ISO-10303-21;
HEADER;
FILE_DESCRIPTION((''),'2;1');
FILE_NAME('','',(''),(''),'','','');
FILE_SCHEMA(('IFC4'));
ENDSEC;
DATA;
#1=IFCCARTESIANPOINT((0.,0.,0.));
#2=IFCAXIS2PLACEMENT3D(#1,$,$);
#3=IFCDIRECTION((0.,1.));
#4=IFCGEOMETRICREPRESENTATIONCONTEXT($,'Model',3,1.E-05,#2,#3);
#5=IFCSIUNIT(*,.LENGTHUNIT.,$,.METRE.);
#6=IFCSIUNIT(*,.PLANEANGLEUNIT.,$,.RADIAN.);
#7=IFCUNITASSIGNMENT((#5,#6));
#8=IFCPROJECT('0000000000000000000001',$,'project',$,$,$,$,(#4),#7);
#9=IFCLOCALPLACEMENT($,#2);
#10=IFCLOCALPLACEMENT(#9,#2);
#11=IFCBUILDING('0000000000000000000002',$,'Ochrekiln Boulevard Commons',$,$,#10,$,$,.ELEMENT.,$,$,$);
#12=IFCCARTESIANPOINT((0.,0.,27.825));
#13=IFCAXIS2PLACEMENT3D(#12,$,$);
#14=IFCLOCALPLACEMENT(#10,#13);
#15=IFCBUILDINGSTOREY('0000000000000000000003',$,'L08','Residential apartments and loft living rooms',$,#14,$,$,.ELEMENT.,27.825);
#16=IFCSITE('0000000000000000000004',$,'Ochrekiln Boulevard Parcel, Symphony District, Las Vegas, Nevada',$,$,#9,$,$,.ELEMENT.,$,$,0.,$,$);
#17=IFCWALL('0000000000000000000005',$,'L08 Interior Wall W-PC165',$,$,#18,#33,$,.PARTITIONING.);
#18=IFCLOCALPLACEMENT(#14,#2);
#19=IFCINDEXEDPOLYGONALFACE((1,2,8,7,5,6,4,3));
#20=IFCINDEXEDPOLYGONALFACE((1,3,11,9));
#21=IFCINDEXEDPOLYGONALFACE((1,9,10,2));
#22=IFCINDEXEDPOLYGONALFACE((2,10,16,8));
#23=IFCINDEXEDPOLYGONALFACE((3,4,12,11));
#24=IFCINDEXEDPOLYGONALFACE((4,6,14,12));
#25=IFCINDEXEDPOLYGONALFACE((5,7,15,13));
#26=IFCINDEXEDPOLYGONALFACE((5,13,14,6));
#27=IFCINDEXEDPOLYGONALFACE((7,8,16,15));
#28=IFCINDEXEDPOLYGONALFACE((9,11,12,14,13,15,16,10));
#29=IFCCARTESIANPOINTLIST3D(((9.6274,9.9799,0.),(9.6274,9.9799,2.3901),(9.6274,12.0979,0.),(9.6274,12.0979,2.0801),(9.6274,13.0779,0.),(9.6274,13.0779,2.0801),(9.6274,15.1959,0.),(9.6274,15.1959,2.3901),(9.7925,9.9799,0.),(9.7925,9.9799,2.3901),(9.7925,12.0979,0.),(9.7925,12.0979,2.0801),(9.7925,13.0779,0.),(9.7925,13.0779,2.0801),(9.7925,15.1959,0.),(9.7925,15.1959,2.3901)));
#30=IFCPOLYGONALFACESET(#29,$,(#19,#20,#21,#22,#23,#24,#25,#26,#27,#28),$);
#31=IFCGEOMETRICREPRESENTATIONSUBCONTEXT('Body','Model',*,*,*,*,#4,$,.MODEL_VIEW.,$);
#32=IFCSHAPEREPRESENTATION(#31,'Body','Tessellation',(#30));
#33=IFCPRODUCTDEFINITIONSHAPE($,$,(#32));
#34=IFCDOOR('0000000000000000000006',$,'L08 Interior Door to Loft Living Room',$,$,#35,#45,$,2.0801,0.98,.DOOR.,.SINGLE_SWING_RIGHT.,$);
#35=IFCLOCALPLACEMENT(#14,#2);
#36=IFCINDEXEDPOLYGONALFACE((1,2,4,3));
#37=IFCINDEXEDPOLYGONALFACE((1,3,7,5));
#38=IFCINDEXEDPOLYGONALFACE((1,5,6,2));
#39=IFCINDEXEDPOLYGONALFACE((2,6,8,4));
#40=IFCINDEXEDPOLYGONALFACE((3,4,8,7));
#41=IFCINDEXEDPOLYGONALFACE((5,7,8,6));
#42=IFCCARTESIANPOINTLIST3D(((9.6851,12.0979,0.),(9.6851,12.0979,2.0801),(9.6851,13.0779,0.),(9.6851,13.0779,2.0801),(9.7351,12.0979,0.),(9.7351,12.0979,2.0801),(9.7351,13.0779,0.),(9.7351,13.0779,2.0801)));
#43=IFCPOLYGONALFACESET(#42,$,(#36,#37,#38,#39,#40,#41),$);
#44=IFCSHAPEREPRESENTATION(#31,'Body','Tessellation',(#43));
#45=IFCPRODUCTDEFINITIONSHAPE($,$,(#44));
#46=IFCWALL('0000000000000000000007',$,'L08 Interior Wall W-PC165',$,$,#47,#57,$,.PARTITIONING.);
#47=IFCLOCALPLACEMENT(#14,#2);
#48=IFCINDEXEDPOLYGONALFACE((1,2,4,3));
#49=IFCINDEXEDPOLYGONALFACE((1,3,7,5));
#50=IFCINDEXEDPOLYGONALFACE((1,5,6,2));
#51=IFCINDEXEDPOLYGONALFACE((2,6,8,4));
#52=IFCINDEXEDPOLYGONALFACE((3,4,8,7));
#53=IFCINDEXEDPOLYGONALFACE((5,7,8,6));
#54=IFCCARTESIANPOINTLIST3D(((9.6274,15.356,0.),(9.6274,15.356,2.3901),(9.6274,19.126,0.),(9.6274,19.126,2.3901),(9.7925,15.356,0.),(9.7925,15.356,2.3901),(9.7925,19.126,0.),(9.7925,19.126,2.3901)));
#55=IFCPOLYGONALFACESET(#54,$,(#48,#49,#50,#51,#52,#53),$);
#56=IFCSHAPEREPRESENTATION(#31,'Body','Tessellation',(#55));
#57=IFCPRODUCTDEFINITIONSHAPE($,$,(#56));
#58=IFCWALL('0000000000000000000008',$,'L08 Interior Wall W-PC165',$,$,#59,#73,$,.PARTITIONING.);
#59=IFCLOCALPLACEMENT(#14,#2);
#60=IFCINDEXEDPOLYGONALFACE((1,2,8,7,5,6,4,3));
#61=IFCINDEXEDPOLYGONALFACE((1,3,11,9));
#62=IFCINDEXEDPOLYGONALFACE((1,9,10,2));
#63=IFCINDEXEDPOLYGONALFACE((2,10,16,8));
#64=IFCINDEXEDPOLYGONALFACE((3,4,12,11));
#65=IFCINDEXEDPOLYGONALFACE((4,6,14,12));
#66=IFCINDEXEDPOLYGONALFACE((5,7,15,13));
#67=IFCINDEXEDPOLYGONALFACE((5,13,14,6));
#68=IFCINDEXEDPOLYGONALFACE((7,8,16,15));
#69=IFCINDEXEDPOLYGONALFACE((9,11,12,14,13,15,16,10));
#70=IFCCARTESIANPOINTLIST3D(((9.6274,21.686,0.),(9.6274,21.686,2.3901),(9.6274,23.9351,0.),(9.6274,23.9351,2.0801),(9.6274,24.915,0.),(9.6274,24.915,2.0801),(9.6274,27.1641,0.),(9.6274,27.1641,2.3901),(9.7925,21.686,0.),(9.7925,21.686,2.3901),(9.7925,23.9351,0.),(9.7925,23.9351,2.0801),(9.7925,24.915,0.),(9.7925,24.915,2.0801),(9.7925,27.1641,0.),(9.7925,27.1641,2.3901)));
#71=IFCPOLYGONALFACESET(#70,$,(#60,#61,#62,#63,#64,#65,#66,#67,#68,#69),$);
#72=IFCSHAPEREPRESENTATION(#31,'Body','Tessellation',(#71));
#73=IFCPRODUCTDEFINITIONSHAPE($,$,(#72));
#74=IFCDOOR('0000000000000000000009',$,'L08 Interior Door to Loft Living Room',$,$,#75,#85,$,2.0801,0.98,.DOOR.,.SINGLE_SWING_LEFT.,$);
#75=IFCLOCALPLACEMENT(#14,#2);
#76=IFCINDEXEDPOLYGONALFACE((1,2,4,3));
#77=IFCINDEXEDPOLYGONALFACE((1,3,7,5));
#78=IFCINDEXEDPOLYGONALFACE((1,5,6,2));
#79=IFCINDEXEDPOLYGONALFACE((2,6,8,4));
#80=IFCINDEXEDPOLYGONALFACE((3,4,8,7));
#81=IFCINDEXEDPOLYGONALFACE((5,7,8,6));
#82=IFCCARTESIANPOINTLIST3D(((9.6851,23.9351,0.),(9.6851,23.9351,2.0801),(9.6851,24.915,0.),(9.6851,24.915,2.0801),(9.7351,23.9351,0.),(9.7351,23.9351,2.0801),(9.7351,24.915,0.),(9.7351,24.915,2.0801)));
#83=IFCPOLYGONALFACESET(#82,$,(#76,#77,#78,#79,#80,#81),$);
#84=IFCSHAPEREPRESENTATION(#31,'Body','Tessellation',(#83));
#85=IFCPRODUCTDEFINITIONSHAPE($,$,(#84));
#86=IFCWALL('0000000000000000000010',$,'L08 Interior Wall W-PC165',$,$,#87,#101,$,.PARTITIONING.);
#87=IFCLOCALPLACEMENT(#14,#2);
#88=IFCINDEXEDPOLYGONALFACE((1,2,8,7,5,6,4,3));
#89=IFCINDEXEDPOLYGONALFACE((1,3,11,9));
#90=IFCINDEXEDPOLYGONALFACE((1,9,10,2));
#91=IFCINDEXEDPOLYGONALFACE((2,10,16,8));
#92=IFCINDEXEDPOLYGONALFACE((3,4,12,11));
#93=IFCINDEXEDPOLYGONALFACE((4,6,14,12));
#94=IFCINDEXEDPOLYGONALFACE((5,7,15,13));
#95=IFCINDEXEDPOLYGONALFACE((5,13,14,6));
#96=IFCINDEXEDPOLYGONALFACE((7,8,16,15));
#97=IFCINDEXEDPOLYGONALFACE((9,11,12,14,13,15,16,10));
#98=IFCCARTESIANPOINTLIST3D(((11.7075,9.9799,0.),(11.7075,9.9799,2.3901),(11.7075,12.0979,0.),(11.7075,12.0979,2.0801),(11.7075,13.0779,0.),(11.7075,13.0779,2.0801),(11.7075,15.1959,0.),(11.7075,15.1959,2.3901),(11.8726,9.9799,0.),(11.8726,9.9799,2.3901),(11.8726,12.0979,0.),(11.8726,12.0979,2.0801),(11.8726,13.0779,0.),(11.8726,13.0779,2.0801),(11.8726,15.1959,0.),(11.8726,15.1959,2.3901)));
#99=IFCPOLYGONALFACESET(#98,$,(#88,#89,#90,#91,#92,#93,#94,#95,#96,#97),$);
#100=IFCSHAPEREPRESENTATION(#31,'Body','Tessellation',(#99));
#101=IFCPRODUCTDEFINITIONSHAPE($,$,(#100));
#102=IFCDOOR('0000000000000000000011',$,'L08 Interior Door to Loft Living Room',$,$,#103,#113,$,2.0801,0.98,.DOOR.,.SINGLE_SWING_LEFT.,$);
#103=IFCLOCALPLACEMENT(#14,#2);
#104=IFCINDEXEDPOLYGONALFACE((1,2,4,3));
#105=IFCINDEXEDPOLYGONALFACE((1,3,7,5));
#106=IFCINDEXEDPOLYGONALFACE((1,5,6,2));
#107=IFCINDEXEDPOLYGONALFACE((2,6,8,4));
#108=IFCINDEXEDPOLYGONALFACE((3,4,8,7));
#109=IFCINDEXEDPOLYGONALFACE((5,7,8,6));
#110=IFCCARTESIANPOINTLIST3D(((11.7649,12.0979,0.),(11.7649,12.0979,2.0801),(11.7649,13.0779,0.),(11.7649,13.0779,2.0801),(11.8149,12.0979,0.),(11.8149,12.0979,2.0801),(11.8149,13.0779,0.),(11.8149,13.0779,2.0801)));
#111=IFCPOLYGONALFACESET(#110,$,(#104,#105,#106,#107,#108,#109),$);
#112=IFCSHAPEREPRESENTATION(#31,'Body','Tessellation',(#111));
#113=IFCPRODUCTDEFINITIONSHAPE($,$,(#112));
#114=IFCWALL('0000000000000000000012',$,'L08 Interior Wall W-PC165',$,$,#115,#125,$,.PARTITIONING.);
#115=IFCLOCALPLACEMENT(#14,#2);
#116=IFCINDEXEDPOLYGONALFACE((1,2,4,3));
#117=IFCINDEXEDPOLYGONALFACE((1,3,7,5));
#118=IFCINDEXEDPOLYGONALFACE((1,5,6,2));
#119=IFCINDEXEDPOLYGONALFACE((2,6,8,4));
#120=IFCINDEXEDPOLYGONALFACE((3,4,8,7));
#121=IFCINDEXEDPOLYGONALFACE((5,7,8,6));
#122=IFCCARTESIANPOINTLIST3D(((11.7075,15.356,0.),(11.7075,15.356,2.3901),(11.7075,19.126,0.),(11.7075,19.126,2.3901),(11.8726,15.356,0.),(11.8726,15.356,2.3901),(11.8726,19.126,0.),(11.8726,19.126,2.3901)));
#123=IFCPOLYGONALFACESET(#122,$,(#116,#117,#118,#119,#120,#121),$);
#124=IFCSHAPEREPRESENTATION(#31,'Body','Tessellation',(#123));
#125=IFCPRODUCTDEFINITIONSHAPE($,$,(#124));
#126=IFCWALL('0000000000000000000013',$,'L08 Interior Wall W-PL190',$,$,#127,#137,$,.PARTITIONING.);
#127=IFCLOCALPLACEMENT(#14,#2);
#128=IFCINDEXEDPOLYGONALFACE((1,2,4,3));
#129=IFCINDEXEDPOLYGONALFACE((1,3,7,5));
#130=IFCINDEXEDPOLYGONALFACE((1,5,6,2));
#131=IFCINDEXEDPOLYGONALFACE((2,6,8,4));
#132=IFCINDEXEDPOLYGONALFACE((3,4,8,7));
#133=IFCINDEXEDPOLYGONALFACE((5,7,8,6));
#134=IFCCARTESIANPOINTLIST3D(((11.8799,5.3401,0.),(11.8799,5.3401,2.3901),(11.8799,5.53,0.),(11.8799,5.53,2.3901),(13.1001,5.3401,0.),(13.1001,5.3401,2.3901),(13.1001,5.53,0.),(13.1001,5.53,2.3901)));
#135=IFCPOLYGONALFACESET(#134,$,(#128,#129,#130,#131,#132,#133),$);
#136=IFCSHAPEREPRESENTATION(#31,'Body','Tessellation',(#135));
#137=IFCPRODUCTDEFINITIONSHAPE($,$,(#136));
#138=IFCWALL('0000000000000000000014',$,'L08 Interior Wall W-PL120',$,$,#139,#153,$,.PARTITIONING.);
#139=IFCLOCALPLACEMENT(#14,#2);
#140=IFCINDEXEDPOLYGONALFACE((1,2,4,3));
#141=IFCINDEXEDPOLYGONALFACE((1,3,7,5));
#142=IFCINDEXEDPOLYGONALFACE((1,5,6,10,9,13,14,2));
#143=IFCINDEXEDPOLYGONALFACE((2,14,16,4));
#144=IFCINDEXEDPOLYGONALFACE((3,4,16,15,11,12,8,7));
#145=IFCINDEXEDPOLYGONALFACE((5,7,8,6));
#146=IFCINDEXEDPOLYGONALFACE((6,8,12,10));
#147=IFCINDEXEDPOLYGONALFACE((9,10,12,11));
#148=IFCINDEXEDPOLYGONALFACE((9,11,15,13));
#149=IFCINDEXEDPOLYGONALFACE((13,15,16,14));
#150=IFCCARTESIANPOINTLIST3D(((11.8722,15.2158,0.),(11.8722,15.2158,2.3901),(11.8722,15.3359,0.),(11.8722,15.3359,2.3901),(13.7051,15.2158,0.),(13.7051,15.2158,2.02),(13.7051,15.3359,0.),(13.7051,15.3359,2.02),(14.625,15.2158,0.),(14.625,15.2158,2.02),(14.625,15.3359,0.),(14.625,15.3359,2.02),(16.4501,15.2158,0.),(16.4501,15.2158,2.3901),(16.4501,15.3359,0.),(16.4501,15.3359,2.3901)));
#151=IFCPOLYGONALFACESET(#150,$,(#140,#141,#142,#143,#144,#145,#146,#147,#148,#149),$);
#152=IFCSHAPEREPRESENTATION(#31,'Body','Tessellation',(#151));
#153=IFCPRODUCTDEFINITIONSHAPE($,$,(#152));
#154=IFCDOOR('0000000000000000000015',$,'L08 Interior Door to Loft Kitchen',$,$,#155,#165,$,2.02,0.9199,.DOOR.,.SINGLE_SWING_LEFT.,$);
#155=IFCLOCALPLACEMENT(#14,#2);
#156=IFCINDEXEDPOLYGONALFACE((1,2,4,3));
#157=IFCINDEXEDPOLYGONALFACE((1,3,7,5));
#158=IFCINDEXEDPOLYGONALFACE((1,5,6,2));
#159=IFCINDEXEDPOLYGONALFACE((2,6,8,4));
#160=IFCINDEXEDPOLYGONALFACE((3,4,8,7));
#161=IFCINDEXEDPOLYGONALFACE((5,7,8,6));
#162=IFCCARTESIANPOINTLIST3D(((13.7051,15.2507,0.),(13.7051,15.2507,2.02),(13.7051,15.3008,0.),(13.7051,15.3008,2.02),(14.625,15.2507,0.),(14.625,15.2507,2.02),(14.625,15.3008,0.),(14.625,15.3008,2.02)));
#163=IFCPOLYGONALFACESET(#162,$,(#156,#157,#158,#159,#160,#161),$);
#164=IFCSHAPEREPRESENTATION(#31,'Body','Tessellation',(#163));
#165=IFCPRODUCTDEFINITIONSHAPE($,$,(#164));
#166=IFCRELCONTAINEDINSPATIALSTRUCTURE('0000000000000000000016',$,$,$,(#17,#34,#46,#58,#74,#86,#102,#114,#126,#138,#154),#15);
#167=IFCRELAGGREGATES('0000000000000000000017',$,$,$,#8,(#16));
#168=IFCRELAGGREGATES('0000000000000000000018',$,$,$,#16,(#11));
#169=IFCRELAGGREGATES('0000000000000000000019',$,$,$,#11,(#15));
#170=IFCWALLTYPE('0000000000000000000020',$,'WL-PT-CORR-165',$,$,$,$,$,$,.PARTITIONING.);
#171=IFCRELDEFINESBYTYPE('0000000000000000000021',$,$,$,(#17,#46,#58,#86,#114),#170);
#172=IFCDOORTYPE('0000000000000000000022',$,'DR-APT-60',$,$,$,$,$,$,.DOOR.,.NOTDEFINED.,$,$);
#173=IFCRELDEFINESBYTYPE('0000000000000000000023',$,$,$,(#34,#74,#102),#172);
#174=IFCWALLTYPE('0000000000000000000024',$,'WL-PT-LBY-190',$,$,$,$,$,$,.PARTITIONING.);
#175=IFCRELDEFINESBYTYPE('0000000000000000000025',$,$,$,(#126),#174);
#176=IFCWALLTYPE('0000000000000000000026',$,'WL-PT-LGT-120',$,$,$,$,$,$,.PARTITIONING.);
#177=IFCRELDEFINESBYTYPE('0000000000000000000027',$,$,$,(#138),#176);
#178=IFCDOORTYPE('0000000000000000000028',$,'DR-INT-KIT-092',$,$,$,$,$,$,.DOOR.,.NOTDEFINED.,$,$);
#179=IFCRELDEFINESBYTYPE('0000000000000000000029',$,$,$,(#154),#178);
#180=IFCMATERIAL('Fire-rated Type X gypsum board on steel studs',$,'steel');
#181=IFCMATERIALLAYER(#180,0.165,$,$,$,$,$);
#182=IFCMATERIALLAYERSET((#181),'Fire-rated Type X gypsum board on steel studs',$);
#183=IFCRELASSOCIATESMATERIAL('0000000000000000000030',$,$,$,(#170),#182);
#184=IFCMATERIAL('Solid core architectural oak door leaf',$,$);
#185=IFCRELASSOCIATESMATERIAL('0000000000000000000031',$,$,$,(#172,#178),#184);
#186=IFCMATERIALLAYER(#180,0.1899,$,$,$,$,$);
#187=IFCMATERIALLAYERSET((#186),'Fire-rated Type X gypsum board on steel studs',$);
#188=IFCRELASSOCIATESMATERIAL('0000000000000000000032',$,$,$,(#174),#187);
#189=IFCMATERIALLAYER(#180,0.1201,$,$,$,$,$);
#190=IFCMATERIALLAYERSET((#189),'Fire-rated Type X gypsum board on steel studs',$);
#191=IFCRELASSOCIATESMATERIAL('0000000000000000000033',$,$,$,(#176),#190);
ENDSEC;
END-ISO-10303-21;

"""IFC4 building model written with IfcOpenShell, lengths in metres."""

from ifc_helpers import new_model, si_unit, direction, frame, frame_2d, origin, place, context, subcontext, project, spatial, rectangle, extrude, material, layer, layer_set, type_object, element, fill, save


model = new_model("IFC4")

# Units and contexts
model_context = context("Model", 3, precision=1e-05, world=origin(), true_north=direction((0.0, 1.0)))
body_context = subcontext(model_context, "Body", "Model", "MODEL_VIEW")
ifc_project = project(units=[si_unit("LENGTHUNIT", "METRE"), si_unit("PLANEANGLEUNIT", "RADIAN")], contexts=[model_context])

# Site, building, storey
site_placement = place(None, origin())
site = spatial("IfcSite", under=ifc_project, at=site_placement, Name="Ochrekiln Boulevard Parcel, Symphony District, Las Vegas, Nevada", CompositionType="ELEMENT", RefElevation=0.0)
building_placement = place(site_placement, origin())
building = spatial("IfcBuilding", under=site, at=building_placement, Name="Ochrekiln Boulevard Commons", CompositionType="ELEMENT")
storey_placement = place(building_placement, frame((0.0, 0.0, 27.825)))
storey = spatial("IfcBuildingStorey", under=building, at=storey_placement, Name="L08", Description="Residential apartments and loft living rooms", CompositionType="ELEMENT", Elevation=27.825)

# Shared definitions
ifc_material_1 = material(Name="Solid core architectural oak door leaf")

# Wall, opening, door
ifc_material_2 = material(Name="Fire-rated Type X gypsum board on steel studs", Category="steel")
ifc_layer_1 = layer(ifc_material_2, 0.165)
ifc_layer_set_1 = layer_set([ifc_layer_1], Name="Fire-rated Type X gypsum board on steel studs")
wall_type_1 = type_object("IfcWallType", Name="WL-PT-CORR-165", PredefinedType="PARTITIONING", material=ifc_layer_set_1)
wall_1_placement = place(storey_placement, frame((9.71, 9.98, 0.0), z_axis=(0.0, 0.0, 1.0), x_axis=(0.0, 1.0, 0.0)))
wall_1 = element("IfcWall", 1, at=wall_1_placement, inside=storey, type_object=wall_type_1, Name="L08 Interior Wall W-PC165", PredefinedType="PARTITIONING", context=body_context, shape_type="SweptSolid", body=[
    extrude(rectangle(XDim=5.2161, YDim=0.165, at=frame_2d((2.6079, 0.0))), origin(), (0.0, 0.0, 1.0), 2.3901),
])
opening_1_placement = place(wall_1_placement, frame((2.1179, 0.0, 0.0)))
opening_1 = element("IfcOpeningElement", 2, at=opening_1_placement, cuts=wall_1, PredefinedType="OPENING", context=body_context, shape_type="SweptSolid", body=[
    extrude(rectangle(XDim=0.98, YDim=2.0801, at=frame_2d((0.49, 1.04))), frame((0.0, 0.0925, 0.0), z_axis=(0.0, -1.0, 0.0), x_axis=(1.0, 0.0, 0.0)), (0.0, 0.0, 1.0), 0.1851),
])
door_type_1 = type_object("IfcDoorType", Name="DR-APT-60", OperationType="NOTDEFINED", PredefinedType="DOOR", material=ifc_material_1)
door_1_placement = place(opening_1_placement, origin())
door_1 = element("IfcDoor", 3, at=door_1_placement, inside=storey, type_object=door_type_1, Name="L08 Interior Door to Loft Living Room", OperationType="SINGLE_SWING_RIGHT", OverallHeight=2.0801, OverallWidth=0.98, PredefinedType="DOOR", context=body_context, shape_type="SweptSolid", body=[
    extrude(rectangle(XDim=0.98, YDim=2.0801, at=frame_2d((0.49, 1.04))), frame((0.0, 0.0249, 0.0), z_axis=(0.0, -1.0, 0.0), x_axis=(1.0, 0.0, 0.0)), (0.0, 0.0, 1.0), 0.05),
])
fill(opening_1, door_1)

# Wall
wall_2_placement = place(storey_placement, frame((9.71, 15.356, 0.0), z_axis=(0.0, 0.0, 1.0), x_axis=(0.0, 1.0, 0.0)))
element("IfcWall", 4, at=wall_2_placement, inside=storey, type_object=wall_type_1, Name="L08 Interior Wall W-PC165", PredefinedType="PARTITIONING", context=body_context, shape_type="SweptSolid", body=[
    extrude(rectangle(XDim=3.77, YDim=0.165, at=frame_2d((1.885, 0.0))), origin(), (0.0, 0.0, 1.0), 2.3901),
])

# Walls, openings, doors
wall_3_placement = place(storey_placement, frame((9.71, 21.686, 0.0), z_axis=(0.0, 0.0, 1.0), x_axis=(0.0, 1.0, 0.0)))
wall_3 = element("IfcWall", 5, at=wall_3_placement, inside=storey, type_object=wall_type_1, Name="L08 Interior Wall W-PC165", PredefinedType="PARTITIONING", context=body_context, shape_type="SweptSolid", body=[
    extrude(rectangle(XDim=5.478, YDim=0.165, at=frame_2d((2.739, 0.0))), origin(), (0.0, 0.0, 1.0), 2.3901),
])
opening_2_placement = place(wall_3_placement, frame((2.249, 0.0, 0.0)))
opening_2 = element("IfcOpeningElement", 6, at=opening_2_placement, cuts=wall_3, PredefinedType="OPENING", context=body_context, shape_type="SweptSolid", body=[
    extrude(rectangle(XDim=0.98, YDim=2.0801, at=frame_2d((0.49, 1.04))), frame((0.0, 0.0925, 0.0), z_axis=(0.0, -1.0, 0.0), x_axis=(1.0, 0.0, 0.0)), (0.0, 0.0, 1.0), 0.1851),
])
door_2_placement = place(opening_2_placement, origin())
door_2 = element("IfcDoor", 7, at=door_2_placement, inside=storey, type_object=door_type_1, Name="L08 Interior Door to Loft Living Room", OperationType="SINGLE_SWING_LEFT", OverallHeight=2.0801, OverallWidth=0.98, PredefinedType="DOOR", context=body_context, shape_type="SweptSolid", body=[
    extrude(rectangle(XDim=0.98, YDim=2.0801, at=frame_2d((0.49, 1.04))), frame((0.0, 0.0249, 0.0), z_axis=(0.0, -1.0, 0.0), x_axis=(1.0, 0.0, 0.0)), (0.0, 0.0, 1.0), 0.05),
])
fill(opening_2, door_2)
wall_4_placement = place(storey_placement, frame((11.79, 9.98, 0.0), z_axis=(0.0, 0.0, 1.0), x_axis=(0.0, 1.0, 0.0)))
wall_4 = element("IfcWall", 8, at=wall_4_placement, inside=storey, type_object=wall_type_1, Name="L08 Interior Wall W-PC165", PredefinedType="PARTITIONING", context=body_context, shape_type="SweptSolid", body=[
    extrude(rectangle(XDim=5.2161, YDim=0.165, at=frame_2d((2.6079, 0.0))), origin(), (0.0, 0.0, 1.0), 2.3901),
])
opening_3_placement = place(wall_4_placement, frame((2.1179, 0.0, 0.0)))
opening_3 = element("IfcOpeningElement", 9, at=opening_3_placement, cuts=wall_4, PredefinedType="OPENING", context=body_context, shape_type="SweptSolid", body=[
    extrude(rectangle(XDim=0.98, YDim=2.0801, at=frame_2d((0.49, 1.04))), frame((0.0, 0.0925, 0.0), z_axis=(0.0, -1.0, 0.0), x_axis=(1.0, 0.0, 0.0)), (0.0, 0.0, 1.0), 0.1851),
])
door_3_placement = place(opening_3_placement, frame((0.98, 0.0, 0.0), z_axis=(0.0, 0.0, 1.0), x_axis=(-1.0, 0.0, 0.0)))
door_3 = element("IfcDoor", 10, at=door_3_placement, inside=storey, type_object=door_type_1, Name="L08 Interior Door to Loft Living Room", OperationType="SINGLE_SWING_LEFT", OverallHeight=2.0801, OverallWidth=0.98, PredefinedType="DOOR", context=body_context, shape_type="SweptSolid", body=[
    extrude(rectangle(XDim=0.98, YDim=2.0801, at=frame_2d((0.49, 1.04))), frame((0.0, 0.0249, 0.0), z_axis=(0.0, -1.0, 0.0), x_axis=(1.0, 0.0, 0.0)), (0.0, 0.0, 1.0), 0.05),
])
fill(opening_3, door_3)

# Walls
wall_5_placement = place(storey_placement, frame((11.79, 15.356, 0.0), z_axis=(0.0, 0.0, 1.0), x_axis=(0.0, 1.0, 0.0)))
element("IfcWall", 11, at=wall_5_placement, inside=storey, type_object=wall_type_1, Name="L08 Interior Wall W-PC165", PredefinedType="PARTITIONING", context=body_context, shape_type="SweptSolid", body=[
    extrude(rectangle(XDim=3.77, YDim=0.165, at=frame_2d((1.885, 0.0))), origin(), (0.0, 0.0, 1.0), 2.3901),
])
ifc_layer_2 = layer(ifc_material_2, 0.1899)
ifc_layer_set_2 = layer_set([ifc_layer_2], Name="Fire-rated Type X gypsum board on steel studs")
wall_type_2 = type_object("IfcWallType", Name="WL-PT-LBY-190", PredefinedType="PARTITIONING", material=ifc_layer_set_2)
wall_6_placement = place(storey_placement, frame((11.8799, 5.4351, 0.0), z_axis=(0.0, 0.0, 1.0), x_axis=(1.0, 0.0, 0.0)))
element("IfcWall", 12, at=wall_6_placement, inside=storey, type_object=wall_type_2, Name="L08 Interior Wall W-PL190", PredefinedType="PARTITIONING", context=body_context, shape_type="SweptSolid", body=[
    extrude(rectangle(XDim=1.2202, YDim=0.1899, at=frame_2d((0.6101, 0.0))), origin(), (0.0, 0.0, 1.0), 2.3901),
])

# Wall, opening, door
ifc_layer_3 = layer(ifc_material_2, 0.1201)
ifc_layer_set_3 = layer_set([ifc_layer_3], Name="Fire-rated Type X gypsum board on steel studs")
wall_type_3 = type_object("IfcWallType", Name="WL-PT-LGT-120", PredefinedType="PARTITIONING", material=ifc_layer_set_3)
wall_7_placement = place(storey_placement, frame((11.8721, 15.2759, 0.0), z_axis=(0.0, 0.0, 1.0), x_axis=(1.0, 0.0, 0.0)))
wall_7 = element("IfcWall", 13, at=wall_7_placement, inside=storey, type_object=wall_type_3, Name="L08 Interior Wall W-PL120", PredefinedType="PARTITIONING", context=body_context, shape_type="SweptSolid", body=[
    extrude(rectangle(XDim=4.5779, YDim=0.1201, at=frame_2d((2.2891, 0.0))), origin(), (0.0, 0.0, 1.0), 2.3901),
])
opening_4_placement = place(wall_7_placement, frame((1.833, 0.0, 0.0)))
opening_4 = element("IfcOpeningElement", 14, at=opening_4_placement, cuts=wall_7, PredefinedType="OPENING", context=body_context, shape_type="SweptSolid", body=[
    extrude(rectangle(XDim=0.9199, YDim=2.02, at=frame_2d((0.46, 1.01))), frame((0.0, 0.0701, 0.0), z_axis=(0.0, -1.0, 0.0), x_axis=(1.0, 0.0, 0.0)), (0.0, 0.0, 1.0), 0.1401),
])
door_type_2 = type_object("IfcDoorType", Name="DR-INT-KIT-092", OperationType="NOTDEFINED", PredefinedType="DOOR", material=ifc_material_1)
door_4_placement = place(opening_4_placement, origin())
door_4 = element("IfcDoor", 15, at=door_4_placement, inside=storey, type_object=door_type_2, Name="L08 Interior Door to Loft Kitchen", OperationType="SINGLE_SWING_LEFT", OverallHeight=2.02, OverallWidth=0.9199, PredefinedType="DOOR", context=body_context, shape_type="SweptSolid", body=[
    extrude(rectangle(XDim=0.9199, YDim=2.02, at=frame_2d((0.46, 1.01))), frame((0.0, 0.0249, 0.0), z_axis=(0.0, -1.0, 0.0), x_axis=(1.0, 0.0, 0.0)), (0.0, 0.0, 1.0), 0.05),
])
fill(opening_4, door_4)

save(model, "model.ifc")
